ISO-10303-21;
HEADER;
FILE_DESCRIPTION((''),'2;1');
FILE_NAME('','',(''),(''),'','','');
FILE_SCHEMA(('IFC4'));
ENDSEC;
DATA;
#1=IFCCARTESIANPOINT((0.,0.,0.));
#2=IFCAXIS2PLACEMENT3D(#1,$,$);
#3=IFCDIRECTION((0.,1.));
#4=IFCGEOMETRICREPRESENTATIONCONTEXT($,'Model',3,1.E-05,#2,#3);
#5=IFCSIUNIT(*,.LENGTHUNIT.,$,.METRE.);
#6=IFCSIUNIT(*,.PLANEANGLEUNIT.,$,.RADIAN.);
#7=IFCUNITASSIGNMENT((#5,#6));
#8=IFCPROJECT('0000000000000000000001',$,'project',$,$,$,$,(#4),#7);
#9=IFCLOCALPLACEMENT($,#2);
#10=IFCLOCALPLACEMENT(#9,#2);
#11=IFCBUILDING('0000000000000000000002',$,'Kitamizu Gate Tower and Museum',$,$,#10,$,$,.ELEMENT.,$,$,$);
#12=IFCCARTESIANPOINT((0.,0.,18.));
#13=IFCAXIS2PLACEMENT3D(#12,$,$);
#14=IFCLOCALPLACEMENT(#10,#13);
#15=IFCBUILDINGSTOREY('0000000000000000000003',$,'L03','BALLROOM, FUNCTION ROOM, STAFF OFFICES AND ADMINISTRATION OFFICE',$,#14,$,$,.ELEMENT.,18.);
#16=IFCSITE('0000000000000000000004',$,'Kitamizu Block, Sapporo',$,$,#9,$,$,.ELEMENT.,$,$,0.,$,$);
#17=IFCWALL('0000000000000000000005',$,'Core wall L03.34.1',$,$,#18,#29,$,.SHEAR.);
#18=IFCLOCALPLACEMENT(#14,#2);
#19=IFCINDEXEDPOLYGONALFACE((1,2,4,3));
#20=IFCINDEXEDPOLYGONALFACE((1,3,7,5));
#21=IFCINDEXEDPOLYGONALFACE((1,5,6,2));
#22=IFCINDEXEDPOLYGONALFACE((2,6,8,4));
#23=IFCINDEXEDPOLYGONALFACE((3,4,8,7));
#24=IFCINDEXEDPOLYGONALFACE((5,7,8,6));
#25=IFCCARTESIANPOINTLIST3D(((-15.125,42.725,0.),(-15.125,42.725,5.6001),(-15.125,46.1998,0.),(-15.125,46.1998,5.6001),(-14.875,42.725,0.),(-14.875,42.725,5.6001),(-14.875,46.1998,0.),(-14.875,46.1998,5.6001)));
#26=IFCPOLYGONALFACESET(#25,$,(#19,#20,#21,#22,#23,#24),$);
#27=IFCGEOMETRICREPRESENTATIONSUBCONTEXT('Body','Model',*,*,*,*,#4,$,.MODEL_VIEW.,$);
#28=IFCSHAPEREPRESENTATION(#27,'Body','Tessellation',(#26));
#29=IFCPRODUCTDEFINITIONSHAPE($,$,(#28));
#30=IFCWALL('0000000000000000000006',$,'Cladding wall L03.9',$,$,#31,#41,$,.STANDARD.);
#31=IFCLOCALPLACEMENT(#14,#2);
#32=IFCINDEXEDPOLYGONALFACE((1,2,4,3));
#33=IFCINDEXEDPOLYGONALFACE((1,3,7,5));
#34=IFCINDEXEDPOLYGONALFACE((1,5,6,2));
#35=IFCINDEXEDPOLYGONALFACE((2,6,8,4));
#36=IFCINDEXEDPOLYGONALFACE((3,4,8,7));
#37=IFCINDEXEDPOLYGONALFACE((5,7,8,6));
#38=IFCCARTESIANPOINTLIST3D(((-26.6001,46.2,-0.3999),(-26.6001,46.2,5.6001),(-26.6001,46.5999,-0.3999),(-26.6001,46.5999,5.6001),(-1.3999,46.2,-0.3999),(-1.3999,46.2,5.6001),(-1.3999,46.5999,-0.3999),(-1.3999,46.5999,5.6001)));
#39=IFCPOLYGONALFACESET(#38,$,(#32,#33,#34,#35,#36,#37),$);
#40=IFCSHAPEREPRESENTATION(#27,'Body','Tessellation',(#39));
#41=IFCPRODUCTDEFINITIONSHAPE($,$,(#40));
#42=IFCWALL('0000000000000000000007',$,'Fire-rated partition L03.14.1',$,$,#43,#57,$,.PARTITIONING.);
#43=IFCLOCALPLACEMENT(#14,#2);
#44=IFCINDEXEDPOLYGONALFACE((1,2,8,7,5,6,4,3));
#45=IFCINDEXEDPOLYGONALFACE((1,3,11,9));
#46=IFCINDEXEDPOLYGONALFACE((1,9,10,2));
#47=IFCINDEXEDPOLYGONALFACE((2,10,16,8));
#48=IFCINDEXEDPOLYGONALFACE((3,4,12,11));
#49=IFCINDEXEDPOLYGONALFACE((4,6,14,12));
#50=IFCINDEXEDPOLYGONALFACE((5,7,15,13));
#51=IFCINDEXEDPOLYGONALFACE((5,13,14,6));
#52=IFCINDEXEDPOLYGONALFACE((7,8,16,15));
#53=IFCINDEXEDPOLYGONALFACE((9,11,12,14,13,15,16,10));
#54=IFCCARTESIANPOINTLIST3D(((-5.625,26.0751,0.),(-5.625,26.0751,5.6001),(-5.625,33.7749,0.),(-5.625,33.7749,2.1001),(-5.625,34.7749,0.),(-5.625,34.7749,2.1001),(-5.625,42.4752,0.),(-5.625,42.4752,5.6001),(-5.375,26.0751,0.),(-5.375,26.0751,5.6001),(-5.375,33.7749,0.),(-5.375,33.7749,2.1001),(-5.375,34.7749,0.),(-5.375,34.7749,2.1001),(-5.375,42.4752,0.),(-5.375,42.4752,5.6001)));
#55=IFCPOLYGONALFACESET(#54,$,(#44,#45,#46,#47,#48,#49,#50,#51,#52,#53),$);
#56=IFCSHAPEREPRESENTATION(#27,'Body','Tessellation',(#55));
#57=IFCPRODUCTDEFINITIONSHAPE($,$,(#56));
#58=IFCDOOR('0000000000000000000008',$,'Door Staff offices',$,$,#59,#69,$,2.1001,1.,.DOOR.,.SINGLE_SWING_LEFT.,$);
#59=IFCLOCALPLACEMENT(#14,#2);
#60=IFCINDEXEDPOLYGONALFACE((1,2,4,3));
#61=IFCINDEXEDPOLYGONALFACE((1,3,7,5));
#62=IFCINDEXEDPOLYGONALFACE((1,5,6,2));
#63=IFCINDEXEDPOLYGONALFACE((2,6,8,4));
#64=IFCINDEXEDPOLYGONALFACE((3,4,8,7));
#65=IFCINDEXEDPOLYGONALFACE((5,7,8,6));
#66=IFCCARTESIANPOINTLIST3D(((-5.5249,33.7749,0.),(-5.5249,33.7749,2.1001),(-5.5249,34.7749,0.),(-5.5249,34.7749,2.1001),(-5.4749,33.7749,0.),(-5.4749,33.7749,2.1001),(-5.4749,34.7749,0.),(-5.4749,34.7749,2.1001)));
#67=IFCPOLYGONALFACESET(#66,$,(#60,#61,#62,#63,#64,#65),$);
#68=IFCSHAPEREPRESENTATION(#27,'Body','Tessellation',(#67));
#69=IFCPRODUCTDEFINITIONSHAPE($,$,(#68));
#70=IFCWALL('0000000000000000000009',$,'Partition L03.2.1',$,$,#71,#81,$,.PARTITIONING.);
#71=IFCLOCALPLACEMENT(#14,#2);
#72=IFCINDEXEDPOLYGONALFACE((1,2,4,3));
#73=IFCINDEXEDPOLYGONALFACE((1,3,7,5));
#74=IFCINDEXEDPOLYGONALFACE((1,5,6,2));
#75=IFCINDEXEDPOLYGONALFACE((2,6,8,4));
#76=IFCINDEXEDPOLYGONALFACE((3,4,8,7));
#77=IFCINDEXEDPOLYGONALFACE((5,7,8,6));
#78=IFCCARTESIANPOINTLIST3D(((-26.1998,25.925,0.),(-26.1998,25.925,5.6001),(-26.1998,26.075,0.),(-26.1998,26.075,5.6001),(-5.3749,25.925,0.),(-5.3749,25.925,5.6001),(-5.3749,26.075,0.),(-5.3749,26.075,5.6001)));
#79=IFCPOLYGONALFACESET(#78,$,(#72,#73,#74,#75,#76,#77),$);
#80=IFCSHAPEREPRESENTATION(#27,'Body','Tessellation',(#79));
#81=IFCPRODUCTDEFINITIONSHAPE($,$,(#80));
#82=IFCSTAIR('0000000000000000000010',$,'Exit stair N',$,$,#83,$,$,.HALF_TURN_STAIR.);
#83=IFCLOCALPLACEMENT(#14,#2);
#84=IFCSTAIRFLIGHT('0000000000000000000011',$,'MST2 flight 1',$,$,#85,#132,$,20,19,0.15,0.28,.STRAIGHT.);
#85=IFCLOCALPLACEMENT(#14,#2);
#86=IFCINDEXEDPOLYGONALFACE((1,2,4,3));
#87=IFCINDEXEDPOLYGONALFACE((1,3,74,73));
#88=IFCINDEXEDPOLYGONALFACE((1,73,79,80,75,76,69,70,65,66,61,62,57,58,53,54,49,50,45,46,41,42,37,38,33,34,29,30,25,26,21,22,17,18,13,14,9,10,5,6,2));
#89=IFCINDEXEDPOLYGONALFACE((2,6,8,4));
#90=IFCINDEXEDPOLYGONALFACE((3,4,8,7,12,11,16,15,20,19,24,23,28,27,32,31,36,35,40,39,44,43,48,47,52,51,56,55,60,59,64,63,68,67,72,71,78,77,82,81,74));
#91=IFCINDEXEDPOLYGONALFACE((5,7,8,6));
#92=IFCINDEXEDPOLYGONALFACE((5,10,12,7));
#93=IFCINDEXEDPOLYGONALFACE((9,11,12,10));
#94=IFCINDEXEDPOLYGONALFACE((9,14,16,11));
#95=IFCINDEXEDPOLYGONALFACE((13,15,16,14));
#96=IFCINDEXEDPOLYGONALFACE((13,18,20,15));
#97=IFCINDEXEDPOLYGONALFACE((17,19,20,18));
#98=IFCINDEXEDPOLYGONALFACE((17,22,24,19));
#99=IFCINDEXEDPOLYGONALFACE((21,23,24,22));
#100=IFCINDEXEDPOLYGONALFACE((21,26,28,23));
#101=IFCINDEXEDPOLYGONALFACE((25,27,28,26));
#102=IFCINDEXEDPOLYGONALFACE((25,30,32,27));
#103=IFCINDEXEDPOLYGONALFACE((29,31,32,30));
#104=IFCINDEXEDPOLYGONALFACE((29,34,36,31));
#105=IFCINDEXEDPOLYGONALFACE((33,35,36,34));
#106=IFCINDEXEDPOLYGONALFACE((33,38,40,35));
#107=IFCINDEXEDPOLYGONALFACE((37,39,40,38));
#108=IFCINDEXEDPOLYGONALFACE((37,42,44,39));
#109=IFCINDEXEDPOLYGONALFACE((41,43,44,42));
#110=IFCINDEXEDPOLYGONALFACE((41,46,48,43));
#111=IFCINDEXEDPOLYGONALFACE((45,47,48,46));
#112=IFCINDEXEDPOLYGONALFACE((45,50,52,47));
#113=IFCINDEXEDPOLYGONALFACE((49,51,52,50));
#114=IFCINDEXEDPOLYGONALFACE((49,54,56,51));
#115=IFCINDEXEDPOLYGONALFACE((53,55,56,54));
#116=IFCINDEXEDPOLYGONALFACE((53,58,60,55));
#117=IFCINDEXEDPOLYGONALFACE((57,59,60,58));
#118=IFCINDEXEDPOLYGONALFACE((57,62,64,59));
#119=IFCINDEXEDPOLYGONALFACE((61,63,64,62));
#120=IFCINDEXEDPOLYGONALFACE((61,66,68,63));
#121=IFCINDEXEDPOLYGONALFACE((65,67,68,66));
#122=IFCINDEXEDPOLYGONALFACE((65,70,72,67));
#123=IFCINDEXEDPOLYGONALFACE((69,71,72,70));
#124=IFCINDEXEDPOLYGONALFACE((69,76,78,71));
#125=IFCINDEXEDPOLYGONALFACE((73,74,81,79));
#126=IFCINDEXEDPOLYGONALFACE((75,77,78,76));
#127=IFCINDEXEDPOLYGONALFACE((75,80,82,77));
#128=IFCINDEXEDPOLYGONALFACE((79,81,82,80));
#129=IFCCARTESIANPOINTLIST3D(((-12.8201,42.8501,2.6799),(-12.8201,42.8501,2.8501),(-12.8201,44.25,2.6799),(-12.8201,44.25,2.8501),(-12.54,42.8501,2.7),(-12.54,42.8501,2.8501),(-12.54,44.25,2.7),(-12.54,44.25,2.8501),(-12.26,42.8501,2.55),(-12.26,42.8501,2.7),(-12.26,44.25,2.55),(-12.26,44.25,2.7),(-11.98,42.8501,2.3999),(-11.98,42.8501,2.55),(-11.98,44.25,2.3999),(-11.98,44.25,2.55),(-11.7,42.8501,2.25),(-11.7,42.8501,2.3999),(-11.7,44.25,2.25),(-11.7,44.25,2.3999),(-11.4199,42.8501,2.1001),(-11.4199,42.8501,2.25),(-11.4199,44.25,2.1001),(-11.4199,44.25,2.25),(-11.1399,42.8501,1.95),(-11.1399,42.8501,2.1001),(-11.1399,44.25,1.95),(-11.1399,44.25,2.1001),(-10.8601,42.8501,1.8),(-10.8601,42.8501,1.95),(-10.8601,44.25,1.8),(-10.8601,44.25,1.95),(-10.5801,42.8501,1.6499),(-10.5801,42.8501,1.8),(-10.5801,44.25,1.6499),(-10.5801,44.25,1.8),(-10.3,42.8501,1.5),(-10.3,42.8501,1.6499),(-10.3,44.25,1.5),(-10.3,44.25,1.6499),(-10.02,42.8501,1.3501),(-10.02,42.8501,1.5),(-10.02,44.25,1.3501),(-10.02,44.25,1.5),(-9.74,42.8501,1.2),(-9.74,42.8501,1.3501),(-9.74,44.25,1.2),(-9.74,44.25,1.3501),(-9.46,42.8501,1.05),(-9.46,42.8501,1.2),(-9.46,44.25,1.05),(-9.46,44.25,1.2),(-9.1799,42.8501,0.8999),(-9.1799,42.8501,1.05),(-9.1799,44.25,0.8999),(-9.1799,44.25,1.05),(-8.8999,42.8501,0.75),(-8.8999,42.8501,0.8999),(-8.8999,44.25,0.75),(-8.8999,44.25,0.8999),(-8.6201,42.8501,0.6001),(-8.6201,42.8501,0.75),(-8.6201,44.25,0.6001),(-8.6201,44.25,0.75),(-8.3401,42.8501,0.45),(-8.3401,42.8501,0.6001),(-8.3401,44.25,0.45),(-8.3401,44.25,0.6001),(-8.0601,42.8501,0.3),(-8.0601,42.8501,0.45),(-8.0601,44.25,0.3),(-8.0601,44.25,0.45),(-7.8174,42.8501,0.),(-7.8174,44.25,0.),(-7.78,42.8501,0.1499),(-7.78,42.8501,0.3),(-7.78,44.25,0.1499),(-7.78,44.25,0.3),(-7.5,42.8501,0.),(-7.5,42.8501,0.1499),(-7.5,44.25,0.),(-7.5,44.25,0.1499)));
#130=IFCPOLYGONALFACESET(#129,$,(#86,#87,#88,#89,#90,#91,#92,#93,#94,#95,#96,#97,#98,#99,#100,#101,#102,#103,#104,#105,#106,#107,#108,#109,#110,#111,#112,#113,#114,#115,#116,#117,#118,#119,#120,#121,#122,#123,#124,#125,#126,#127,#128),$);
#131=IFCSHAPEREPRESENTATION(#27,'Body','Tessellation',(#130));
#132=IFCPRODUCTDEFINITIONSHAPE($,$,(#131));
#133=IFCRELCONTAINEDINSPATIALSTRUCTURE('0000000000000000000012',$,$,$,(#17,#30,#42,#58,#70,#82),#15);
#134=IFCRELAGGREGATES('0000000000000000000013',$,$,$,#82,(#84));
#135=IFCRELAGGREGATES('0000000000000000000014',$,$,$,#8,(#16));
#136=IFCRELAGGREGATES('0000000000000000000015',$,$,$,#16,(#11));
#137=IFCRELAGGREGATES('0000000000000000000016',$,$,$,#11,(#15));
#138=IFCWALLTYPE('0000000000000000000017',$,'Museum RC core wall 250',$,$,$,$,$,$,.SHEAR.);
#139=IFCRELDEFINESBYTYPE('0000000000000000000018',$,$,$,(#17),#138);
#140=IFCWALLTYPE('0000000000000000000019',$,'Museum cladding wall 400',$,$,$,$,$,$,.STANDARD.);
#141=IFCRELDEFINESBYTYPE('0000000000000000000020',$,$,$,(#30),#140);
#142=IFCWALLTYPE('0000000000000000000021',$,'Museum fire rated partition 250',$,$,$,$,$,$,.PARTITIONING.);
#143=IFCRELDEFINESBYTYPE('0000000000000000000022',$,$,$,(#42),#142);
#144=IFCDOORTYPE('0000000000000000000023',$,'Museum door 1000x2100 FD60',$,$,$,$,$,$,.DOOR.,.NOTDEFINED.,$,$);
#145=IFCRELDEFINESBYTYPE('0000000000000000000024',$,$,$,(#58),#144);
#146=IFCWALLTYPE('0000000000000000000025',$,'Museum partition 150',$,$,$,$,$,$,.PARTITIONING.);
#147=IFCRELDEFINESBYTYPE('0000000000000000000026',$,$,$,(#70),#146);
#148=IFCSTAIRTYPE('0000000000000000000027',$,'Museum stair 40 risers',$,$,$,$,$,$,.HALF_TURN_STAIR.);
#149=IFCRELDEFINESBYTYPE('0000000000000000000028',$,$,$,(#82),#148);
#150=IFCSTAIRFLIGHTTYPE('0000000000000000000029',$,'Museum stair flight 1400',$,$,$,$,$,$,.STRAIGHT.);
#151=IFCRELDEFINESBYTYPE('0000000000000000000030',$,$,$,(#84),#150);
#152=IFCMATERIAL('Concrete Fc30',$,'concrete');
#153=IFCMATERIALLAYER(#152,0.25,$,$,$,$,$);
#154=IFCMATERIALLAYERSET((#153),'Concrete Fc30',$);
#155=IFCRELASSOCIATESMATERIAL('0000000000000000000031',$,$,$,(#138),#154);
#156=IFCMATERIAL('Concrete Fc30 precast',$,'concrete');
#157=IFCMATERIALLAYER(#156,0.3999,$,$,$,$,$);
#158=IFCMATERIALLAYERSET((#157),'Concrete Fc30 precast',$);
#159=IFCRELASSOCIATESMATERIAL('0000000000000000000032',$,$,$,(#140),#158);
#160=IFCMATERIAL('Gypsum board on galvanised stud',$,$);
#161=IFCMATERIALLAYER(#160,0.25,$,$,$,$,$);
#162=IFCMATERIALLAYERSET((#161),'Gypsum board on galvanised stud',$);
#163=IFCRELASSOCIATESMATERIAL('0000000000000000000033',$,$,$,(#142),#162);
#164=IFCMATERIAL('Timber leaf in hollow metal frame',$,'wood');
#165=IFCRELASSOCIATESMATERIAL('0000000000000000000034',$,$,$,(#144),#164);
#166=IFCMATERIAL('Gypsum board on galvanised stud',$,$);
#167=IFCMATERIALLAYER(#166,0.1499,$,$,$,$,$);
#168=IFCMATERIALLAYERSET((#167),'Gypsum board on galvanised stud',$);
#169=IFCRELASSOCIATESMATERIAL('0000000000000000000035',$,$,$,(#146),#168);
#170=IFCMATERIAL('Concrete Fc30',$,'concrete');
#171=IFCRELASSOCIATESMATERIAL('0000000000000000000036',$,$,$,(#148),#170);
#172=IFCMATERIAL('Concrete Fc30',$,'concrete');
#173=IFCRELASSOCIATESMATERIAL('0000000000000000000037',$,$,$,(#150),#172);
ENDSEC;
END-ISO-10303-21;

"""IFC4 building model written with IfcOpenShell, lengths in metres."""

from ifc_helpers import new_model, si_unit, direction, frame, frame_2d, origin, place, context, subcontext, project, spatial, polyline, rectangle, outline, extrude, material, layer, layer_set, type_object, element, fill, aggregate, save


model = new_model("IFC4")

# Units and contexts
model_context = context("Model", 3, precision=1e-05, world=origin(), true_north=direction((0.0, 1.0)))
body_context = subcontext(model_context, "Body", "Model", "MODEL_VIEW")
ifc_project = project(units=[si_unit("LENGTHUNIT", "METRE"), si_unit("PLANEANGLEUNIT", "RADIAN")], contexts=[model_context])

# Site, building, storey
site_placement = place(None, origin())
site = spatial("IfcSite", under=ifc_project, at=site_placement, Name="Kitamizu Block, Sapporo", CompositionType="ELEMENT", RefElevation=0.0)
building_placement = place(site_placement, origin())
building = spatial("IfcBuilding", under=site, at=building_placement, Name="Kitamizu Gate Tower and Museum", CompositionType="ELEMENT")
storey_placement = place(building_placement, frame((0.0, 0.0, 18.0)))
storey = spatial("IfcBuildingStorey", under=building, at=storey_placement, Name="L03", Description="BALLROOM, FUNCTION ROOM, STAFF OFFICES AND ADMINISTRATION OFFICE", CompositionType="ELEMENT", Elevation=18.0)

# Shared definitions
ifc_material_1 = material(Name="Concrete Fc30", Category="concrete")
ifc_layer_1 = layer(ifc_material_1, 0.25)
ifc_layer_set_1 = layer_set([ifc_layer_1], Name="Concrete Fc30")
wall_type_1 = type_object("IfcWallType", Name="Museum RC core wall 250", PredefinedType="SHEAR", material=ifc_layer_set_1)

# Walls
wall_1_placement = place(storey_placement, frame((-15.0, 42.7251, 0.0), z_axis=(0.0, 0.0, 1.0), x_axis=(0.0, 1.0, 0.0)))
element("IfcWall", 1, at=wall_1_placement, inside=storey, type_object=wall_type_1, Name="Core wall L03.34.1", PredefinedType="SHEAR", context=body_context, shape_type="SweptSolid", body=[
    extrude(rectangle(XDim=3.4749, YDim=0.25, at=frame_2d((1.7373, 0.0))), origin(), (0.0, 0.0, 1.0), 5.6001),
])
ifc_material_2 = material(Name="Concrete Fc30 precast", Category="concrete")
ifc_layer_2 = layer(ifc_material_2, 0.3999)
ifc_layer_set_2 = layer_set([ifc_layer_2], Name="Concrete Fc30 precast")
wall_type_2 = type_object("IfcWallType", Name="Museum cladding wall 400", PredefinedType="STANDARD", material=ifc_layer_set_2)
wall_2_placement = place(storey_placement, frame((-26.6001, 46.3999, -0.3999), z_axis=(0.0, 0.0, 1.0), x_axis=(1.0, 0.0, 0.0)))
element("IfcWall", 2, at=wall_2_placement, inside=storey, type_object=wall_type_2, Name="Cladding wall L03.9", PredefinedType="STANDARD", context=body_context, shape_type="SweptSolid", body=[
    extrude(rectangle(XDim=25.2002, YDim=0.3999, at=frame_2d((12.6001, 0.0))), origin(), (0.0, 0.0, 1.0), 6.0),
])

# Wall, opening, door
ifc_material_3 = material(Name="Gypsum board on galvanised stud")
ifc_layer_3 = layer(ifc_material_3, 0.25)
ifc_layer_set_3 = layer_set([ifc_layer_3], Name="Gypsum board on galvanised stud")
wall_type_3 = type_object("IfcWallType", Name="Museum fire rated partition 250", PredefinedType="PARTITIONING", material=ifc_layer_set_3)
wall_3_placement = place(storey_placement, frame((-5.5, 26.075, 0.0), z_axis=(0.0, 0.0, 1.0), x_axis=(0.0, 1.0, 0.0)))
wall_3 = element("IfcWall", 3, at=wall_3_placement, inside=storey, type_object=wall_type_3, Name="Fire-rated partition L03.14.1", PredefinedType="PARTITIONING", context=body_context, shape_type="SweptSolid", body=[
    extrude(rectangle(XDim=16.4001, YDim=0.25, at=frame_2d((8.2002, 0.0))), origin(), (0.0, 0.0, 1.0), 5.6001),
])
opening_1_placement = place(wall_3_placement, frame((7.7, 0.0, 0.0)))
opening_1 = element("IfcOpeningElement", 4, at=opening_1_placement, cuts=wall_3, PredefinedType="OPENING", context=body_context, shape_type="SweptSolid", body=[
    extrude(rectangle(XDim=1.0, YDim=2.1001, at=frame_2d((0.5, 1.05))), frame((0.0, 0.135, 0.0), z_axis=(0.0, -1.0, 0.0), x_axis=(1.0, 0.0, 0.0)), (0.0, 0.0, 1.0), 0.27),
])
ifc_material_4 = material(Name="Timber leaf in hollow metal frame", Category="wood")
door_type_1 = type_object("IfcDoorType", Name="Museum door 1000x2100 FD60", OperationType="NOTDEFINED", PredefinedType="DOOR", material=ifc_material_4)
door_1_placement = place(opening_1_placement, origin())
door_1 = element("IfcDoor", 5, at=door_1_placement, inside=storey, type_object=door_type_1, Name="Door Staff offices", OperationType="SINGLE_SWING_LEFT", OverallHeight=2.1001, OverallWidth=1.0, PredefinedType="DOOR", context=body_context, shape_type="SweptSolid", body=[
    extrude(rectangle(XDim=1.0, YDim=2.1001, at=frame_2d((0.5, 1.05))), frame((0.0, 0.0249, 0.0), z_axis=(0.0, -1.0, 0.0), x_axis=(1.0, 0.0, 0.0)), (0.0, 0.0, 1.0), 0.05),
])
fill(opening_1, door_1)

# Wall
ifc_material_5 = material(Name="Gypsum board on galvanised stud")
ifc_layer_4 = layer(ifc_material_5, 0.1499)
ifc_layer_set_4 = layer_set([ifc_layer_4], Name="Gypsum board on galvanised stud")
wall_type_4 = type_object("IfcWallType", Name="Museum partition 150", PredefinedType="PARTITIONING", material=ifc_layer_set_4)
wall_4_placement = place(storey_placement, frame((-26.2, 26.0, 0.0), z_axis=(0.0, 0.0, 1.0), x_axis=(1.0, 0.0, 0.0)))
element("IfcWall", 6, at=wall_4_placement, inside=storey, type_object=wall_type_4, Name="Partition L03.2.1", PredefinedType="PARTITIONING", context=body_context, shape_type="SweptSolid", body=[
    extrude(rectangle(XDim=20.825, YDim=0.1499, at=frame_2d((10.4126, 0.0))), origin(), (0.0, 0.0, 1.0), 5.6001),
])

# Stair, stair flight
ifc_material_6 = material(Name="Concrete Fc30", Category="concrete")
stair_type = type_object("IfcStairType", Name="Museum stair 40 risers", PredefinedType="HALF_TURN_STAIR", material=ifc_material_6)
stair_placement = place(storey_placement, origin())
stair = element("IfcStair", 7, at=stair_placement, inside=storey, type_object=stair_type, Name="Exit stair N", PredefinedType="HALF_TURN_STAIR")
ifc_material_7 = material(Name="Concrete Fc30", Category="concrete")
stair_flight_type = type_object("IfcStairFlightType", Name="Museum stair flight 1400", PredefinedType="STRAIGHT", material=ifc_material_7)
stair_flight_1_placement = place(storey_placement, frame((-7.5, 43.55, 0.0), z_axis=(0.0, 0.0, 1.0), x_axis=(-1.0, 0.0, 0.0)))
stair_flight_1 = element("IfcStairFlight", 8, at=stair_flight_1_placement, type_object=stair_flight_type, Name="MST2 flight 1", NumberOfRisers=20, NumberOfTreads=19, PredefinedType="STRAIGHT", RiserHeight=0.15, TreadLength=0.28, context=body_context, shape_type="SweptSolid", body=[
    extrude(outline(polyline([(0.0, 0.0), (0.0, 0.1499), (0.28, 0.1499), (0.28, 0.3), (0.5601, 0.3), (0.5601, 0.45), (0.8401, 0.45), (0.8401, 0.6001), (1.1201, 0.6001), (1.1201, 0.75), (1.3999, 0.75), (1.3999, 0.8999), (1.6799, 0.8999), (1.6799, 1.05), (1.96, 1.05), (1.96, 1.2), (2.24, 1.2), (2.24, 1.3501), (2.52, 1.3501), (2.52, 1.5), (2.8, 1.5), (2.8, 1.6499), (3.0801, 1.6499), (3.0801, 1.8), (3.3601, 1.8), (3.3601, 1.95), (3.6399, 1.95), (3.6399, 2.1001), (3.9199, 2.1001), (3.9199, 2.25), (4.2, 2.25), (4.2, 2.3999), (4.48, 2.3999), (4.48, 2.55), (4.76, 2.55), (4.76, 2.7), (5.04, 2.7), (5.04, 2.8501), (5.3201, 2.8501), (5.3201, 3.0), (5.3201, 2.6799), (0.3174, 0.0), (0.0, 0.0)])), frame((0.0, 0.7, 0.0), z_axis=(0.0, -1.0, 0.0), x_axis=(1.0, 0.0, 0.0)), (0.0, 0.0, 1.0), 1.3999),
])
aggregate(stair, [stair_flight_1])

save(model, "model.ifc")
